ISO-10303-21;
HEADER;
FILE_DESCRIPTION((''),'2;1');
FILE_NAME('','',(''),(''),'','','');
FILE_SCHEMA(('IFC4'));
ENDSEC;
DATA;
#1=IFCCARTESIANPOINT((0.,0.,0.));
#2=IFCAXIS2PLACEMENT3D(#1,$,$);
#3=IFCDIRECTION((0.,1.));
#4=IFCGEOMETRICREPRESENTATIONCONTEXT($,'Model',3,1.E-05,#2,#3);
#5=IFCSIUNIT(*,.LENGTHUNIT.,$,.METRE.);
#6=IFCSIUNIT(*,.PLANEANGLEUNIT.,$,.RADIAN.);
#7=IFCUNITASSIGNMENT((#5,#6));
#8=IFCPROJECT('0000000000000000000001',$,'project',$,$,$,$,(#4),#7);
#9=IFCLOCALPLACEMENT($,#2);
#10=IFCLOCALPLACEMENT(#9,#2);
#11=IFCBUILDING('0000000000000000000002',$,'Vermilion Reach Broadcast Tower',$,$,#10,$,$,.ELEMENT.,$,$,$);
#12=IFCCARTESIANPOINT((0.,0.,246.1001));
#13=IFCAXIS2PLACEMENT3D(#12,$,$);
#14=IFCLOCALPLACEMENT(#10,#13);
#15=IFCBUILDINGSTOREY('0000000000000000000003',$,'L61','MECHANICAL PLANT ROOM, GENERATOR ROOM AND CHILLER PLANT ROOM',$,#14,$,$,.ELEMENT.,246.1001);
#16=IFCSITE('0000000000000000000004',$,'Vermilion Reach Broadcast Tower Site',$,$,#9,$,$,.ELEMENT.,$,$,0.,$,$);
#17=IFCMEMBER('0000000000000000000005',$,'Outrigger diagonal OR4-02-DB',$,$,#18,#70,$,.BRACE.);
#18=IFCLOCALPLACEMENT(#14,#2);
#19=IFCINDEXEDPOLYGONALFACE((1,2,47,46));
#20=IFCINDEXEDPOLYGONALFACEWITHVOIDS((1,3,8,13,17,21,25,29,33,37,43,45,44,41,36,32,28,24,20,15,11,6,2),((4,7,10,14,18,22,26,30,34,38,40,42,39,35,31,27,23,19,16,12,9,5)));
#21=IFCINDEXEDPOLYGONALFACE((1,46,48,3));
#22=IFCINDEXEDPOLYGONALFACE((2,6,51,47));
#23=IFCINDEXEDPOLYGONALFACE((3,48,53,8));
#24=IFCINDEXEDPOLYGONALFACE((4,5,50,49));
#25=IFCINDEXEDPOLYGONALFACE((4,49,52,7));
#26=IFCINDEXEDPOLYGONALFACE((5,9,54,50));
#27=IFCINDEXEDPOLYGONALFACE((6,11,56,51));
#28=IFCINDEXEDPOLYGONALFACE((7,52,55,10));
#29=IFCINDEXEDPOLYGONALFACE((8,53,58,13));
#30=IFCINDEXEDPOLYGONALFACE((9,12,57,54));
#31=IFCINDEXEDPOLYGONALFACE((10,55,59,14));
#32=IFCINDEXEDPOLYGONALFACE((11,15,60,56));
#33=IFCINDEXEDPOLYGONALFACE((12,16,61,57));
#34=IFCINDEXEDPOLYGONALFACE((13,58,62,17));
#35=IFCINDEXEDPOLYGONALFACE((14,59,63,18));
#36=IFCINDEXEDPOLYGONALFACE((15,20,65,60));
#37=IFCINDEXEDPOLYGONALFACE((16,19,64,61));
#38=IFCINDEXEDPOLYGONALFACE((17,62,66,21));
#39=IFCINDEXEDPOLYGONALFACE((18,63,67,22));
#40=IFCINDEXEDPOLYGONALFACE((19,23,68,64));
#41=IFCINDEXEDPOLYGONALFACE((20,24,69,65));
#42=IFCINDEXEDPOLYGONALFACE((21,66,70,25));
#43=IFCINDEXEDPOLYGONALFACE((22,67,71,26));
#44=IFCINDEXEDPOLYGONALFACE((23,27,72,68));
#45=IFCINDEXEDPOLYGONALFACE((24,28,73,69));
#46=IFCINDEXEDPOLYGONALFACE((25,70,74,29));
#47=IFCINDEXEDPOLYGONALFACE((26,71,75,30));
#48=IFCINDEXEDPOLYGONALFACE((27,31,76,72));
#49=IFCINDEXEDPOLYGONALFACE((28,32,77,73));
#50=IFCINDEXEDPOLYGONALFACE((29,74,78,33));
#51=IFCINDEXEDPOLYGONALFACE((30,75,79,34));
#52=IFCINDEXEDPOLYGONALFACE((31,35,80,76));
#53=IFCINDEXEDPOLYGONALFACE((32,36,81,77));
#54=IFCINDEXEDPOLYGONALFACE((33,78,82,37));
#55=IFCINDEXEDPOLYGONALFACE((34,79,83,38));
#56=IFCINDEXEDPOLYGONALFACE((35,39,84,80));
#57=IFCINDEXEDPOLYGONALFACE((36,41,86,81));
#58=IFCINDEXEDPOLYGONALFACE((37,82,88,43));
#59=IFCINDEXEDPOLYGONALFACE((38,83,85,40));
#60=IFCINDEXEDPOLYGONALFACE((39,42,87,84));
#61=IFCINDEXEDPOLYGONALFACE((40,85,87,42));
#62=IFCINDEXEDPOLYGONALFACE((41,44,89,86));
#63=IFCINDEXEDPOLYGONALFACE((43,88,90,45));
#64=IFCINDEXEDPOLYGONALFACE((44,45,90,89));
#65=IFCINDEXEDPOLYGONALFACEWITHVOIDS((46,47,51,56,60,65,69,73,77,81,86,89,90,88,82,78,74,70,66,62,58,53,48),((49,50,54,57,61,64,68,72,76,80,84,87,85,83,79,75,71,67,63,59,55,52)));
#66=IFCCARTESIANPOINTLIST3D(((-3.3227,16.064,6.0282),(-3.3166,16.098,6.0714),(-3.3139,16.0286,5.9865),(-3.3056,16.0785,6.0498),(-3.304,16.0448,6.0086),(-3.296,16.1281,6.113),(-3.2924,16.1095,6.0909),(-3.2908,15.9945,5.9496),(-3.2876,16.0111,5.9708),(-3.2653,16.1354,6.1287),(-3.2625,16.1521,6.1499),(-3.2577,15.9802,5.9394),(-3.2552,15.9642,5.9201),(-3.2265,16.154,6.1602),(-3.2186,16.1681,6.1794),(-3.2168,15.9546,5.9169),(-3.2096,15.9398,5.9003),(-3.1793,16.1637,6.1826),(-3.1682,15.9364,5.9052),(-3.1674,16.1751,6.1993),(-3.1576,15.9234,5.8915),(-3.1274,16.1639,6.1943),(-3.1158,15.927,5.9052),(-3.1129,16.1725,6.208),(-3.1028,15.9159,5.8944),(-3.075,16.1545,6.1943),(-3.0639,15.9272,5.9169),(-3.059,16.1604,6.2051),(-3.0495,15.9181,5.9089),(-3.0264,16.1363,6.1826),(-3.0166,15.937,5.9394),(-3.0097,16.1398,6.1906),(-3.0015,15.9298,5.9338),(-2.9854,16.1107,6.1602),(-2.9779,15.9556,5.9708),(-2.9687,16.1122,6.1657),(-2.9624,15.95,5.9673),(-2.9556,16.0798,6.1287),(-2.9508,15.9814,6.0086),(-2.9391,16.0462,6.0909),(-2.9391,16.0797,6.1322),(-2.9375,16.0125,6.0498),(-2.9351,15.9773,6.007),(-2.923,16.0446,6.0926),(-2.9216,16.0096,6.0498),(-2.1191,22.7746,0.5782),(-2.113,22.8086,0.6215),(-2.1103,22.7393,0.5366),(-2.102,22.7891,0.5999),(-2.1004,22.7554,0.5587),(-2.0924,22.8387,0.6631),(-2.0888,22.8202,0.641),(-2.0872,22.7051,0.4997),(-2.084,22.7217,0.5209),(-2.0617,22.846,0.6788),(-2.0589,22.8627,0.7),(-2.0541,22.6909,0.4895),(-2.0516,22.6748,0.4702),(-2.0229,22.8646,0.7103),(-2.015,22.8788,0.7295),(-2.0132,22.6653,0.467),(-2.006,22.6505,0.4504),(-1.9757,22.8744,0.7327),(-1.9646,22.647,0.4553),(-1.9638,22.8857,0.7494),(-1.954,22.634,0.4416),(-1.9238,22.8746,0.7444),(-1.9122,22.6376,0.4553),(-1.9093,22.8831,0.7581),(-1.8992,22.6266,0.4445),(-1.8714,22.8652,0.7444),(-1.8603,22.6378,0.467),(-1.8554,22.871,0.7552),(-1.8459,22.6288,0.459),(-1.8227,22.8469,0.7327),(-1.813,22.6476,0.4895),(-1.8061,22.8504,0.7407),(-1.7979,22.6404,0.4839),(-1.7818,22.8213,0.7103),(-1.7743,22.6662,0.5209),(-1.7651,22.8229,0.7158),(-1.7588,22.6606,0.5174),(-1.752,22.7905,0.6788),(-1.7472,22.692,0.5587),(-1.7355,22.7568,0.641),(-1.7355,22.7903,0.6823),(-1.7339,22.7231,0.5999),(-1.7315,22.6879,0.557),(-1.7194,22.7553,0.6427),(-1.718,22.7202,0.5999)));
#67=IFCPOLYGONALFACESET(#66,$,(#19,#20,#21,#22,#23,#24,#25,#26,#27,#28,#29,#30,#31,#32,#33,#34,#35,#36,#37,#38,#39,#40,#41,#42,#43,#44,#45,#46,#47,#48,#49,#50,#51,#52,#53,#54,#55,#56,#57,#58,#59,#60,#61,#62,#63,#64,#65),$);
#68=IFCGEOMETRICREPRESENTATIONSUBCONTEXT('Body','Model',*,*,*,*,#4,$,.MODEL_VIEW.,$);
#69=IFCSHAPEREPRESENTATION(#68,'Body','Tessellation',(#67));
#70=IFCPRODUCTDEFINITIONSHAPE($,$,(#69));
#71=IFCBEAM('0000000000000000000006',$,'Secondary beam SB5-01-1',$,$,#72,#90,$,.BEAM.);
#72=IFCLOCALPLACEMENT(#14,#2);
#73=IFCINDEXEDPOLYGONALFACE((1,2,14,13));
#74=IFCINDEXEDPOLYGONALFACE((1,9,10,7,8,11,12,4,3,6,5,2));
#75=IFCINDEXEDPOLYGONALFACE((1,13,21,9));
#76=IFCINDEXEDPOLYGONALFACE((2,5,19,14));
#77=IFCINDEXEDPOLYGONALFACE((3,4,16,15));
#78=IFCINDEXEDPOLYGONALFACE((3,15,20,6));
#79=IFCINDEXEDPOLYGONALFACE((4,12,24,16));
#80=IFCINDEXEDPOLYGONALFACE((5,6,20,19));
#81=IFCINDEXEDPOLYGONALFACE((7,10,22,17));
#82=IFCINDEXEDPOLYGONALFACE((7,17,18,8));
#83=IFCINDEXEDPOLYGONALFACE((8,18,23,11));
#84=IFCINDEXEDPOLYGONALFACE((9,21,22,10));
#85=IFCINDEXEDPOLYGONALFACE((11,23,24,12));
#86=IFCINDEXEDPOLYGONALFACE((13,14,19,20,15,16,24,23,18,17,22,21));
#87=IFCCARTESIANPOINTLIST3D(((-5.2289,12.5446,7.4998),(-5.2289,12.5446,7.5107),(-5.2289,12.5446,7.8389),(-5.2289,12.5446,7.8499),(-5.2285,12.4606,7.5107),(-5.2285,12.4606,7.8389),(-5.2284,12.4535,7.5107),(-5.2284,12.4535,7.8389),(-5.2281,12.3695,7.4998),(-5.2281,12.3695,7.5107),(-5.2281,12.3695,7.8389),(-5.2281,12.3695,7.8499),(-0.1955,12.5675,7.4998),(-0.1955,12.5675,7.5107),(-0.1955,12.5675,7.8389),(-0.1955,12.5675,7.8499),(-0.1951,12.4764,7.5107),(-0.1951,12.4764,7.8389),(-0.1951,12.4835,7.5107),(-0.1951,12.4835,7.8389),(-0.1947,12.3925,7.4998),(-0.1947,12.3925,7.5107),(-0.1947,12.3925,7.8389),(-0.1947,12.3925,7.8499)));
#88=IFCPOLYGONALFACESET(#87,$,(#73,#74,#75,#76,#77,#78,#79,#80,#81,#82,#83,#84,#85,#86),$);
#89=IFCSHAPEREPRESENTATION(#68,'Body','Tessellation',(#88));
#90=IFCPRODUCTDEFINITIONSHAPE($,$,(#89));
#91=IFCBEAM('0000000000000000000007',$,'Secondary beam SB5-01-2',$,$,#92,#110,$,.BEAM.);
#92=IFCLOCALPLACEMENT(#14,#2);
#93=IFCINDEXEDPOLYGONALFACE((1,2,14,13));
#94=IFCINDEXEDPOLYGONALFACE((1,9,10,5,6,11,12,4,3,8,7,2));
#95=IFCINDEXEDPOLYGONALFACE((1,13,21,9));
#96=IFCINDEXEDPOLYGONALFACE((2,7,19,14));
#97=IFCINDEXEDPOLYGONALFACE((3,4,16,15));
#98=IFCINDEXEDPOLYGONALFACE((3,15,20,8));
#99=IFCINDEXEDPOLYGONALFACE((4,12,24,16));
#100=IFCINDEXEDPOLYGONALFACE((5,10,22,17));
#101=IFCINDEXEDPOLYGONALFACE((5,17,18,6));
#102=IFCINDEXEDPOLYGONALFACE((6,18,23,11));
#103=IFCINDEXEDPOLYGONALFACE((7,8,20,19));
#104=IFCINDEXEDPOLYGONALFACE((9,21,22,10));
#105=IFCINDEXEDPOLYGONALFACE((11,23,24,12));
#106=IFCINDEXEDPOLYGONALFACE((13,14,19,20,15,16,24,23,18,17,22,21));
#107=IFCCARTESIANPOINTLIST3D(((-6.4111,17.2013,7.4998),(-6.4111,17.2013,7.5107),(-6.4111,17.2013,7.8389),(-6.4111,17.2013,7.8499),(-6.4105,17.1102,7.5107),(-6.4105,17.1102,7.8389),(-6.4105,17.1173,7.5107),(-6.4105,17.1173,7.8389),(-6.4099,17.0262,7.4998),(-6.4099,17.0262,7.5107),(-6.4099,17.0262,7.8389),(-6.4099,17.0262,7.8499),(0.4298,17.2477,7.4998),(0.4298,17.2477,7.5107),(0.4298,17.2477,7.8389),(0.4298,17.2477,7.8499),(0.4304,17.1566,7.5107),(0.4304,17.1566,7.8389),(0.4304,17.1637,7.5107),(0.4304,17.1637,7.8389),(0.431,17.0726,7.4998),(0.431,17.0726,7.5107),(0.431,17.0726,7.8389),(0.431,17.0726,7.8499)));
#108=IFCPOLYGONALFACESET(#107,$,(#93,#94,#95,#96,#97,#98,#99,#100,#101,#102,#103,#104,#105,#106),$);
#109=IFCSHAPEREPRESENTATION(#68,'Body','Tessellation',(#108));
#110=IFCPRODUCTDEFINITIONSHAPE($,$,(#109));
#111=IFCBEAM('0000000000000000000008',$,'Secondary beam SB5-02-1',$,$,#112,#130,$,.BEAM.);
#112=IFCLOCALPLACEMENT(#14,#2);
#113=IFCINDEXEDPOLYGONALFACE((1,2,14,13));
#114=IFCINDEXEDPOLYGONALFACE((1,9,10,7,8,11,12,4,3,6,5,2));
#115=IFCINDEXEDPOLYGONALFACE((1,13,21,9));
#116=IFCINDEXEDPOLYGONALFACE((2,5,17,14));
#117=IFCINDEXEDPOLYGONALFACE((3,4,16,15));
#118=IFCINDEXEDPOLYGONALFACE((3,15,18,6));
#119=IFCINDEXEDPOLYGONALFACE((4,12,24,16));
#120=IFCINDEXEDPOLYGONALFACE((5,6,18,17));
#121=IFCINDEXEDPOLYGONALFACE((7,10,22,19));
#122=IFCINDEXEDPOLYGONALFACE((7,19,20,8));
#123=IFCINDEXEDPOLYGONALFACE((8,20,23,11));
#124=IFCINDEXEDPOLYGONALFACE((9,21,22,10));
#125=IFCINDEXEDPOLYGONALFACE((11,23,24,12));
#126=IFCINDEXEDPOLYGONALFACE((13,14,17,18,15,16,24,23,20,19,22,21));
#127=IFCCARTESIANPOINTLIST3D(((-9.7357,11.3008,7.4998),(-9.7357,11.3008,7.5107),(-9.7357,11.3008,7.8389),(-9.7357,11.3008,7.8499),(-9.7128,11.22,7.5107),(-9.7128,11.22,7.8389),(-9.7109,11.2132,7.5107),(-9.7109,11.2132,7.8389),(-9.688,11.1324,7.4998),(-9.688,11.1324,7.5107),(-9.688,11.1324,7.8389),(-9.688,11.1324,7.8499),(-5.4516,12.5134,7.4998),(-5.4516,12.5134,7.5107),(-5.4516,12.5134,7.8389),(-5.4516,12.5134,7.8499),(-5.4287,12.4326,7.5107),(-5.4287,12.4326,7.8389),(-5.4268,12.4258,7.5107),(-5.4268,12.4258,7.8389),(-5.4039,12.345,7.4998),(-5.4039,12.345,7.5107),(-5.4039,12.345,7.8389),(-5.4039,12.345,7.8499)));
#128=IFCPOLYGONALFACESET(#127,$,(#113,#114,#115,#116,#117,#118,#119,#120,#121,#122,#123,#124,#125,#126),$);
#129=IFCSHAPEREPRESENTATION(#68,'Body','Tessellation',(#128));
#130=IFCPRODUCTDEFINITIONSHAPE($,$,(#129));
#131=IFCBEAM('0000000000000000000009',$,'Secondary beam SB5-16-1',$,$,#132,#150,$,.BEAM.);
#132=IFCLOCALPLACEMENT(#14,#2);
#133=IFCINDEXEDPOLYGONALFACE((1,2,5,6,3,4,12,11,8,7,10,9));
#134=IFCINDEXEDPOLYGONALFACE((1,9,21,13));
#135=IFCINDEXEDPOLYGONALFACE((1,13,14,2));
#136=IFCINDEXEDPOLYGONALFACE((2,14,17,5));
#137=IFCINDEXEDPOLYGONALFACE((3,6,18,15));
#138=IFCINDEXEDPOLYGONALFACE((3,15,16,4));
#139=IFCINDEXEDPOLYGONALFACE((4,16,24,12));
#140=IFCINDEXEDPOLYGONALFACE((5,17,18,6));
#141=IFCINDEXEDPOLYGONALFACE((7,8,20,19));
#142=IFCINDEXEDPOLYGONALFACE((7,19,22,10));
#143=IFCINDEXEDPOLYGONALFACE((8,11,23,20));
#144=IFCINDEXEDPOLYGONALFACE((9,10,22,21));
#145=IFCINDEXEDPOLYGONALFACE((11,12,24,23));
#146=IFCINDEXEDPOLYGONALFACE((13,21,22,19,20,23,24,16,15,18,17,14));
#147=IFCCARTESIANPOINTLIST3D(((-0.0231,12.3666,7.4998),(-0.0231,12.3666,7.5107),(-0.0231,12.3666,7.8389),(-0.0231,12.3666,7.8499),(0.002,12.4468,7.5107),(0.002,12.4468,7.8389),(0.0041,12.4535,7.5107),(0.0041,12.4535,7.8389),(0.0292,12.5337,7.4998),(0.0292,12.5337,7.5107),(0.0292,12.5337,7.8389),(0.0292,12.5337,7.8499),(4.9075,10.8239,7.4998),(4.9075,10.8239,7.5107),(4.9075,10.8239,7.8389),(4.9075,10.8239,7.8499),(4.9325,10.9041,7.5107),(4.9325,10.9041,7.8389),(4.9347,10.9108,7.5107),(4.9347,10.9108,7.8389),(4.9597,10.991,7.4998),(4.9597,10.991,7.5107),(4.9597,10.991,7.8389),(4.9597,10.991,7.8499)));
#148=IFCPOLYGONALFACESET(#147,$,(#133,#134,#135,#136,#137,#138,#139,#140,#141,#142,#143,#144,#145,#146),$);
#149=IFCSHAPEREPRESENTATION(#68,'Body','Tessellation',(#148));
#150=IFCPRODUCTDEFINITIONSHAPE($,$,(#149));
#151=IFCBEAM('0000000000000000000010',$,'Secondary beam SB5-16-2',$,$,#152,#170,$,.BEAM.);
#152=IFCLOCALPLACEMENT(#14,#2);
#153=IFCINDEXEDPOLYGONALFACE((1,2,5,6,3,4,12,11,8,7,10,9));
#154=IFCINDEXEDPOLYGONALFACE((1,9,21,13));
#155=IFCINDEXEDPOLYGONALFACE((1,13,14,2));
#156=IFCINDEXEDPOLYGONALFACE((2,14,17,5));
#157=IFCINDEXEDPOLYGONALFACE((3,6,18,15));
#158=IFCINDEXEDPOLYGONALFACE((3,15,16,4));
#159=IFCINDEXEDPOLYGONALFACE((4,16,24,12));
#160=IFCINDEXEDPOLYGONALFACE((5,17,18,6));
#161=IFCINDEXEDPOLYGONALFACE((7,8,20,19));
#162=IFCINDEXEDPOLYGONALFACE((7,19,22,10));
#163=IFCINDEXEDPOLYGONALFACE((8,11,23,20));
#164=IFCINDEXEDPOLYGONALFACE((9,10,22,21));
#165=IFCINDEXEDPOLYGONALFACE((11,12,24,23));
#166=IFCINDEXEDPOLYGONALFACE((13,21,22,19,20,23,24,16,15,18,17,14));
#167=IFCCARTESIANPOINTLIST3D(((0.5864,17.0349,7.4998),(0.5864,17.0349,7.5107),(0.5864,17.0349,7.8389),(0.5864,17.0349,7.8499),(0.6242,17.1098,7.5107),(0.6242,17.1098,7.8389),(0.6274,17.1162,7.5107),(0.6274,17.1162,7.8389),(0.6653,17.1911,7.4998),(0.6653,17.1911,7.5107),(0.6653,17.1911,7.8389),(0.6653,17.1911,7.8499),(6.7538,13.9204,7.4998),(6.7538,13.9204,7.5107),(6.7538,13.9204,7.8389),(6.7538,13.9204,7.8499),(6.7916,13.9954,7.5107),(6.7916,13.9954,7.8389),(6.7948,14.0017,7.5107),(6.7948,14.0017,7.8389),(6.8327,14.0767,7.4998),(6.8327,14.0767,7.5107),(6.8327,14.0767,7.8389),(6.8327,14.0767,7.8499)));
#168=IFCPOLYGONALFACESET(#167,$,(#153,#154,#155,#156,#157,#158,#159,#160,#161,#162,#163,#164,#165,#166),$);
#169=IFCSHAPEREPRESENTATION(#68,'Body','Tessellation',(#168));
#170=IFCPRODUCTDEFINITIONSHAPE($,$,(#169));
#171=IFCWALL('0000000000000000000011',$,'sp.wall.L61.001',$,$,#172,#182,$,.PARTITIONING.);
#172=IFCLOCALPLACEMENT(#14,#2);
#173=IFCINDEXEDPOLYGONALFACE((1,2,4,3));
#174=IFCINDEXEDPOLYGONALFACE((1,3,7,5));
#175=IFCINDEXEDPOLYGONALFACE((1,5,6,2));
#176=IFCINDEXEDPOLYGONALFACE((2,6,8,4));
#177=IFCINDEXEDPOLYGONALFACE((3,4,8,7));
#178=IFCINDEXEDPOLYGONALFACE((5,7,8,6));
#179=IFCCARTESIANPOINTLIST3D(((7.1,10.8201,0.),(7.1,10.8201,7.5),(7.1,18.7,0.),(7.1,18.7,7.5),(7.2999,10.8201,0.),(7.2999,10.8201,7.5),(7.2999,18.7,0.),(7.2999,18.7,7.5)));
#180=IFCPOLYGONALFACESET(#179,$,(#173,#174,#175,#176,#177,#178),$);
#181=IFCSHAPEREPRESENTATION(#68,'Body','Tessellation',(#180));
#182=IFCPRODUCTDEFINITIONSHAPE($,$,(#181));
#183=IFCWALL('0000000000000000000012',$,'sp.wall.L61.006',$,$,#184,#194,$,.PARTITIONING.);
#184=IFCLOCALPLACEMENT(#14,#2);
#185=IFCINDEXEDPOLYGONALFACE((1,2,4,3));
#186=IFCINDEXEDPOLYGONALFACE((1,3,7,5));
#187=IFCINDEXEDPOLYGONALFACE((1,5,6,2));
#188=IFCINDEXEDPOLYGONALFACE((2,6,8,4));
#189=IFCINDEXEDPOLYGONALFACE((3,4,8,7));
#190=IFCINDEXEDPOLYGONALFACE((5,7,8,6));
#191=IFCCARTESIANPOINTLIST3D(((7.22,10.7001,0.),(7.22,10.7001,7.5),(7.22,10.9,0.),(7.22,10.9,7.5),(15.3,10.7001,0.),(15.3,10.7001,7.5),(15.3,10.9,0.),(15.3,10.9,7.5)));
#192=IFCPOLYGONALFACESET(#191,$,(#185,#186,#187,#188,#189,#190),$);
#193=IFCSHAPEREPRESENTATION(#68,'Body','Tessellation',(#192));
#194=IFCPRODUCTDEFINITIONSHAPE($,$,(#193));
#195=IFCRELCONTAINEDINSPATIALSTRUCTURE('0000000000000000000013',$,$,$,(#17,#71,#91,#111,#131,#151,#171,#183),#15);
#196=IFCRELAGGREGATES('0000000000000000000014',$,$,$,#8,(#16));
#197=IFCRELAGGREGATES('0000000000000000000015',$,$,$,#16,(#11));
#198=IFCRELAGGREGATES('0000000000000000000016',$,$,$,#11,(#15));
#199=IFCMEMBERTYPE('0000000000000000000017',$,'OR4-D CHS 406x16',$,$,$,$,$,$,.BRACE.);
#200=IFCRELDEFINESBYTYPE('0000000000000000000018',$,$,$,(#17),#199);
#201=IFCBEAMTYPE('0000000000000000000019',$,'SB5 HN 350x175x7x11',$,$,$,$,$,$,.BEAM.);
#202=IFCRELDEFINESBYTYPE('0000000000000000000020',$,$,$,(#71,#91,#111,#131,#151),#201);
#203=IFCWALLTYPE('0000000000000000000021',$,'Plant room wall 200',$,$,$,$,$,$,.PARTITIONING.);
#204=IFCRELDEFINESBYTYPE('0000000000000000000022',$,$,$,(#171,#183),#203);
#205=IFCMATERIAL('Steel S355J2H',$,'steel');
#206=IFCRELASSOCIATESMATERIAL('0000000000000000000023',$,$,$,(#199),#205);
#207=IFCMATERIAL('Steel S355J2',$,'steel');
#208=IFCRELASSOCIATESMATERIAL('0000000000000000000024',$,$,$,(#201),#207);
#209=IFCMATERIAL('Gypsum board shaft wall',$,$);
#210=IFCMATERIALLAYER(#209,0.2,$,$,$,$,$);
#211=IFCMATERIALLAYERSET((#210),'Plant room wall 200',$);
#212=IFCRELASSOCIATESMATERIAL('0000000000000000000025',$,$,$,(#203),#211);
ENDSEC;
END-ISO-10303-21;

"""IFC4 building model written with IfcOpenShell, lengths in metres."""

from ifc_helpers import new_model, si_unit, direction, frame, frame_2d, origin, origin_2d, place, context, subcontext, project, spatial, rectangle, hollow_circle, i_section, extrude, material, layer, layer_set, material_profile, profile_set, type_object, element, save


model = new_model("IFC4")

# Units and contexts
model_context = context("Model", 3, precision=1e-05, world=origin(), true_north=direction((0.0, 1.0)))
body_context = subcontext(model_context, "Body", "Model", "MODEL_VIEW")
ifc_project = project(units=[si_unit("LENGTHUNIT", "METRE"), si_unit("PLANEANGLEUNIT", "RADIAN")], contexts=[model_context])

# Site, building, storey
site_placement = place(None, origin())
site = spatial("IfcSite", under=ifc_project, at=site_placement, Name="Vermilion Reach Broadcast Tower Site", CompositionType="ELEMENT", RefElevation=0.0)
building_placement = place(site_placement, origin())
building = spatial("IfcBuilding", under=site, at=building_placement, Name="Vermilion Reach Broadcast Tower", CompositionType="ELEMENT")
storey_placement = place(building_placement, frame((0.0, 0.0, 246.1001)))
storey = spatial("IfcBuildingStorey", under=building, at=storey_placement, Name="L61", Description="MECHANICAL PLANT ROOM, GENERATOR ROOM AND CHILLER PLANT ROOM", CompositionType="ELEMENT", Elevation=246.1001)

# Member
ifc_material_1 = material(Name="Steel S355J2H", Category="steel")
ifc_material_profile_1 = material_profile(ifc_material_1, hollow_circle(Radius=0.2031, WallThickness=0.0161, at=origin_2d()), Name="S355J2H CHS 406x16")
ifc_profile_set_1 = profile_set([ifc_material_profile_1], Name="Steel S355J2H")
member_type_1 = type_object("IfcMemberType", Name="OR4-D CHS 406x16", PredefinedType="BRACE", material=ifc_profile_set_1)
member_1_placement = place(storey_placement, frame((-1.918, 22.7561, 0.5999), z_axis=(-0.137897, -0.768839, 0.624397), x_axis=(0.984293, -0.17654, 0.0)))
element("IfcMember", 1, at=member_1_placement, inside=storey, type_object=member_type_1, Name="Outrigger diagonal OR4-02-DB", PredefinedType="BRACE", context=body_context, shape_type="SweptSolid", body=[
    extrude(hollow_circle(Radius=0.2031, WallThickness=0.0161, at=origin_2d()), origin(), (0.0, 0.0, 1.0), 8.7283),
])

# Beams
ifc_material_2 = material(Name="Steel S355J2", Category="steel")
ifc_material_profile_2 = material_profile(ifc_material_2, i_section(OverallWidth=0.175, OverallDepth=0.3501, WebThickness=0.0071, FlangeThickness=0.011, at=origin_2d()), Name="S355J2 HN 350x175x7x11")
ifc_profile_set_2 = profile_set([ifc_material_profile_2], Name="Steel S355J2")
beam_type_1 = type_object("IfcBeamType", Name="SB5 HN 350x175x7x11", PredefinedType="BEAM", material=ifc_profile_set_2)
beam_1_placement = place(storey_placement, frame((-0.1951, 12.48, 7.6748), z_axis=(-0.99999, -0.004559, 0.0), x_axis=(0.004559, -0.99999, 0.0)))
element("IfcBeam", 2, at=beam_1_placement, inside=storey, type_object=beam_type_1, Name="Secondary beam SB5-01-1", PredefinedType="BEAM", context=body_context, shape_type="SweptSolid", body=[
    extrude(i_section(OverallWidth=0.175, OverallDepth=0.3501, WebThickness=0.0071, FlangeThickness=0.011, at=origin_2d()), origin(), (0.0, 0.0, 1.0), 5.0334),
])
beam_2_placement = place(storey_placement, frame((0.4304, 17.1602, 7.6748), z_axis=(-0.999977, -0.006781, 0.0), x_axis=(0.006781, -0.999977, 0.0)))
element("IfcBeam", 3, at=beam_2_placement, inside=storey, type_object=beam_type_1, Name="Secondary beam SB5-01-2", PredefinedType="BEAM", context=body_context, shape_type="SweptSolid", body=[
    extrude(i_section(OverallWidth=0.175, OverallDepth=0.3501, WebThickness=0.0071, FlangeThickness=0.011, at=origin_2d()), origin(), (0.0, 0.0, 1.0), 6.8411),
])
beam_3_placement = place(storey_placement, frame((-5.4277, 12.4292, 7.6748), z_axis=(-0.962198, -0.272352, 0.0), x_axis=(0.272352, -0.962198, 0.0)))
element("IfcBeam", 4, at=beam_3_placement, inside=storey, type_object=beam_type_1, Name="Secondary beam SB5-02-1", PredefinedType="BEAM", context=body_context, shape_type="SweptSolid", body=[
    extrude(i_section(OverallWidth=0.175, OverallDepth=0.3501, WebThickness=0.0071, FlangeThickness=0.011, at=origin_2d()), origin(), (0.0, 0.0, 1.0), 4.4524),
])
beam_4_placement = place(storey_placement, frame((4.9336, 10.9075, 7.6748), z_axis=(-0.954376, 0.298609, 0.0), x_axis=(-0.298609, -0.954376, 0.0)))
element("IfcBeam", 5, at=beam_4_placement, inside=storey, type_object=beam_type_1, Name="Secondary beam SB5-16-1", PredefinedType="BEAM", context=body_context, shape_type="SweptSolid", body=[
    extrude(i_section(OverallWidth=0.175, OverallDepth=0.3501, WebThickness=0.0071, FlangeThickness=0.011, at=origin_2d()), origin(), (0.0, 0.0, 1.0), 5.1663),
])
beam_5_placement = place(storey_placement, frame((6.7932, 13.9985, 7.6748), z_axis=(-0.892639, 0.450772, 0.0), x_axis=(-0.450772, -0.892639, 0.0)))
element("IfcBeam", 6, at=beam_5_placement, inside=storey, type_object=beam_type_1, Name="Secondary beam SB5-16-2", PredefinedType="BEAM", context=body_context, shape_type="SweptSolid", body=[
    extrude(i_section(OverallWidth=0.175, OverallDepth=0.3501, WebThickness=0.0071, FlangeThickness=0.011, at=origin_2d()), origin(), (0.0, 0.0, 1.0), 6.9092),
])

# Walls
ifc_material_3 = material(Name="Gypsum board shaft wall")
ifc_layer = layer(ifc_material_3, 0.2)
ifc_layer_set = layer_set([ifc_layer], Name="Plant room wall 200")
wall_type = type_object("IfcWallType", Name="Plant room wall 200", PredefinedType="PARTITIONING", material=ifc_layer_set)
wall_1_placement = place(storey_placement, frame((7.2, 10.8201, 0.0), z_axis=(0.0, 0.0, 1.0), x_axis=(0.0, 1.0, 0.0)))
element("IfcWall", 7, at=wall_1_placement, inside=storey, type_object=wall_type, Name="sp.wall.L61.001", PredefinedType="PARTITIONING", context=body_context, shape_type="SweptSolid", body=[
    extrude(rectangle(XDim=7.8799, YDim=0.2, at=frame_2d((3.9399, 0.0))), origin(), (0.0, 0.0, 1.0), 7.5),
])
wall_2_placement = place(storey_placement, frame((7.22, 10.8, 0.0), z_axis=(0.0, 0.0, 1.0), x_axis=(1.0, 0.0, 0.0)))
element("IfcWall", 8, at=wall_2_placement, inside=storey, type_object=wall_type, Name="sp.wall.L61.006", PredefinedType="PARTITIONING", context=body_context, shape_type="SweptSolid", body=[
    extrude(rectangle(XDim=8.0801, YDim=0.2, at=frame_2d((4.04, 0.0))), origin(), (0.0, 0.0, 1.0), 7.5),
])

save(model, "model.ifc")
